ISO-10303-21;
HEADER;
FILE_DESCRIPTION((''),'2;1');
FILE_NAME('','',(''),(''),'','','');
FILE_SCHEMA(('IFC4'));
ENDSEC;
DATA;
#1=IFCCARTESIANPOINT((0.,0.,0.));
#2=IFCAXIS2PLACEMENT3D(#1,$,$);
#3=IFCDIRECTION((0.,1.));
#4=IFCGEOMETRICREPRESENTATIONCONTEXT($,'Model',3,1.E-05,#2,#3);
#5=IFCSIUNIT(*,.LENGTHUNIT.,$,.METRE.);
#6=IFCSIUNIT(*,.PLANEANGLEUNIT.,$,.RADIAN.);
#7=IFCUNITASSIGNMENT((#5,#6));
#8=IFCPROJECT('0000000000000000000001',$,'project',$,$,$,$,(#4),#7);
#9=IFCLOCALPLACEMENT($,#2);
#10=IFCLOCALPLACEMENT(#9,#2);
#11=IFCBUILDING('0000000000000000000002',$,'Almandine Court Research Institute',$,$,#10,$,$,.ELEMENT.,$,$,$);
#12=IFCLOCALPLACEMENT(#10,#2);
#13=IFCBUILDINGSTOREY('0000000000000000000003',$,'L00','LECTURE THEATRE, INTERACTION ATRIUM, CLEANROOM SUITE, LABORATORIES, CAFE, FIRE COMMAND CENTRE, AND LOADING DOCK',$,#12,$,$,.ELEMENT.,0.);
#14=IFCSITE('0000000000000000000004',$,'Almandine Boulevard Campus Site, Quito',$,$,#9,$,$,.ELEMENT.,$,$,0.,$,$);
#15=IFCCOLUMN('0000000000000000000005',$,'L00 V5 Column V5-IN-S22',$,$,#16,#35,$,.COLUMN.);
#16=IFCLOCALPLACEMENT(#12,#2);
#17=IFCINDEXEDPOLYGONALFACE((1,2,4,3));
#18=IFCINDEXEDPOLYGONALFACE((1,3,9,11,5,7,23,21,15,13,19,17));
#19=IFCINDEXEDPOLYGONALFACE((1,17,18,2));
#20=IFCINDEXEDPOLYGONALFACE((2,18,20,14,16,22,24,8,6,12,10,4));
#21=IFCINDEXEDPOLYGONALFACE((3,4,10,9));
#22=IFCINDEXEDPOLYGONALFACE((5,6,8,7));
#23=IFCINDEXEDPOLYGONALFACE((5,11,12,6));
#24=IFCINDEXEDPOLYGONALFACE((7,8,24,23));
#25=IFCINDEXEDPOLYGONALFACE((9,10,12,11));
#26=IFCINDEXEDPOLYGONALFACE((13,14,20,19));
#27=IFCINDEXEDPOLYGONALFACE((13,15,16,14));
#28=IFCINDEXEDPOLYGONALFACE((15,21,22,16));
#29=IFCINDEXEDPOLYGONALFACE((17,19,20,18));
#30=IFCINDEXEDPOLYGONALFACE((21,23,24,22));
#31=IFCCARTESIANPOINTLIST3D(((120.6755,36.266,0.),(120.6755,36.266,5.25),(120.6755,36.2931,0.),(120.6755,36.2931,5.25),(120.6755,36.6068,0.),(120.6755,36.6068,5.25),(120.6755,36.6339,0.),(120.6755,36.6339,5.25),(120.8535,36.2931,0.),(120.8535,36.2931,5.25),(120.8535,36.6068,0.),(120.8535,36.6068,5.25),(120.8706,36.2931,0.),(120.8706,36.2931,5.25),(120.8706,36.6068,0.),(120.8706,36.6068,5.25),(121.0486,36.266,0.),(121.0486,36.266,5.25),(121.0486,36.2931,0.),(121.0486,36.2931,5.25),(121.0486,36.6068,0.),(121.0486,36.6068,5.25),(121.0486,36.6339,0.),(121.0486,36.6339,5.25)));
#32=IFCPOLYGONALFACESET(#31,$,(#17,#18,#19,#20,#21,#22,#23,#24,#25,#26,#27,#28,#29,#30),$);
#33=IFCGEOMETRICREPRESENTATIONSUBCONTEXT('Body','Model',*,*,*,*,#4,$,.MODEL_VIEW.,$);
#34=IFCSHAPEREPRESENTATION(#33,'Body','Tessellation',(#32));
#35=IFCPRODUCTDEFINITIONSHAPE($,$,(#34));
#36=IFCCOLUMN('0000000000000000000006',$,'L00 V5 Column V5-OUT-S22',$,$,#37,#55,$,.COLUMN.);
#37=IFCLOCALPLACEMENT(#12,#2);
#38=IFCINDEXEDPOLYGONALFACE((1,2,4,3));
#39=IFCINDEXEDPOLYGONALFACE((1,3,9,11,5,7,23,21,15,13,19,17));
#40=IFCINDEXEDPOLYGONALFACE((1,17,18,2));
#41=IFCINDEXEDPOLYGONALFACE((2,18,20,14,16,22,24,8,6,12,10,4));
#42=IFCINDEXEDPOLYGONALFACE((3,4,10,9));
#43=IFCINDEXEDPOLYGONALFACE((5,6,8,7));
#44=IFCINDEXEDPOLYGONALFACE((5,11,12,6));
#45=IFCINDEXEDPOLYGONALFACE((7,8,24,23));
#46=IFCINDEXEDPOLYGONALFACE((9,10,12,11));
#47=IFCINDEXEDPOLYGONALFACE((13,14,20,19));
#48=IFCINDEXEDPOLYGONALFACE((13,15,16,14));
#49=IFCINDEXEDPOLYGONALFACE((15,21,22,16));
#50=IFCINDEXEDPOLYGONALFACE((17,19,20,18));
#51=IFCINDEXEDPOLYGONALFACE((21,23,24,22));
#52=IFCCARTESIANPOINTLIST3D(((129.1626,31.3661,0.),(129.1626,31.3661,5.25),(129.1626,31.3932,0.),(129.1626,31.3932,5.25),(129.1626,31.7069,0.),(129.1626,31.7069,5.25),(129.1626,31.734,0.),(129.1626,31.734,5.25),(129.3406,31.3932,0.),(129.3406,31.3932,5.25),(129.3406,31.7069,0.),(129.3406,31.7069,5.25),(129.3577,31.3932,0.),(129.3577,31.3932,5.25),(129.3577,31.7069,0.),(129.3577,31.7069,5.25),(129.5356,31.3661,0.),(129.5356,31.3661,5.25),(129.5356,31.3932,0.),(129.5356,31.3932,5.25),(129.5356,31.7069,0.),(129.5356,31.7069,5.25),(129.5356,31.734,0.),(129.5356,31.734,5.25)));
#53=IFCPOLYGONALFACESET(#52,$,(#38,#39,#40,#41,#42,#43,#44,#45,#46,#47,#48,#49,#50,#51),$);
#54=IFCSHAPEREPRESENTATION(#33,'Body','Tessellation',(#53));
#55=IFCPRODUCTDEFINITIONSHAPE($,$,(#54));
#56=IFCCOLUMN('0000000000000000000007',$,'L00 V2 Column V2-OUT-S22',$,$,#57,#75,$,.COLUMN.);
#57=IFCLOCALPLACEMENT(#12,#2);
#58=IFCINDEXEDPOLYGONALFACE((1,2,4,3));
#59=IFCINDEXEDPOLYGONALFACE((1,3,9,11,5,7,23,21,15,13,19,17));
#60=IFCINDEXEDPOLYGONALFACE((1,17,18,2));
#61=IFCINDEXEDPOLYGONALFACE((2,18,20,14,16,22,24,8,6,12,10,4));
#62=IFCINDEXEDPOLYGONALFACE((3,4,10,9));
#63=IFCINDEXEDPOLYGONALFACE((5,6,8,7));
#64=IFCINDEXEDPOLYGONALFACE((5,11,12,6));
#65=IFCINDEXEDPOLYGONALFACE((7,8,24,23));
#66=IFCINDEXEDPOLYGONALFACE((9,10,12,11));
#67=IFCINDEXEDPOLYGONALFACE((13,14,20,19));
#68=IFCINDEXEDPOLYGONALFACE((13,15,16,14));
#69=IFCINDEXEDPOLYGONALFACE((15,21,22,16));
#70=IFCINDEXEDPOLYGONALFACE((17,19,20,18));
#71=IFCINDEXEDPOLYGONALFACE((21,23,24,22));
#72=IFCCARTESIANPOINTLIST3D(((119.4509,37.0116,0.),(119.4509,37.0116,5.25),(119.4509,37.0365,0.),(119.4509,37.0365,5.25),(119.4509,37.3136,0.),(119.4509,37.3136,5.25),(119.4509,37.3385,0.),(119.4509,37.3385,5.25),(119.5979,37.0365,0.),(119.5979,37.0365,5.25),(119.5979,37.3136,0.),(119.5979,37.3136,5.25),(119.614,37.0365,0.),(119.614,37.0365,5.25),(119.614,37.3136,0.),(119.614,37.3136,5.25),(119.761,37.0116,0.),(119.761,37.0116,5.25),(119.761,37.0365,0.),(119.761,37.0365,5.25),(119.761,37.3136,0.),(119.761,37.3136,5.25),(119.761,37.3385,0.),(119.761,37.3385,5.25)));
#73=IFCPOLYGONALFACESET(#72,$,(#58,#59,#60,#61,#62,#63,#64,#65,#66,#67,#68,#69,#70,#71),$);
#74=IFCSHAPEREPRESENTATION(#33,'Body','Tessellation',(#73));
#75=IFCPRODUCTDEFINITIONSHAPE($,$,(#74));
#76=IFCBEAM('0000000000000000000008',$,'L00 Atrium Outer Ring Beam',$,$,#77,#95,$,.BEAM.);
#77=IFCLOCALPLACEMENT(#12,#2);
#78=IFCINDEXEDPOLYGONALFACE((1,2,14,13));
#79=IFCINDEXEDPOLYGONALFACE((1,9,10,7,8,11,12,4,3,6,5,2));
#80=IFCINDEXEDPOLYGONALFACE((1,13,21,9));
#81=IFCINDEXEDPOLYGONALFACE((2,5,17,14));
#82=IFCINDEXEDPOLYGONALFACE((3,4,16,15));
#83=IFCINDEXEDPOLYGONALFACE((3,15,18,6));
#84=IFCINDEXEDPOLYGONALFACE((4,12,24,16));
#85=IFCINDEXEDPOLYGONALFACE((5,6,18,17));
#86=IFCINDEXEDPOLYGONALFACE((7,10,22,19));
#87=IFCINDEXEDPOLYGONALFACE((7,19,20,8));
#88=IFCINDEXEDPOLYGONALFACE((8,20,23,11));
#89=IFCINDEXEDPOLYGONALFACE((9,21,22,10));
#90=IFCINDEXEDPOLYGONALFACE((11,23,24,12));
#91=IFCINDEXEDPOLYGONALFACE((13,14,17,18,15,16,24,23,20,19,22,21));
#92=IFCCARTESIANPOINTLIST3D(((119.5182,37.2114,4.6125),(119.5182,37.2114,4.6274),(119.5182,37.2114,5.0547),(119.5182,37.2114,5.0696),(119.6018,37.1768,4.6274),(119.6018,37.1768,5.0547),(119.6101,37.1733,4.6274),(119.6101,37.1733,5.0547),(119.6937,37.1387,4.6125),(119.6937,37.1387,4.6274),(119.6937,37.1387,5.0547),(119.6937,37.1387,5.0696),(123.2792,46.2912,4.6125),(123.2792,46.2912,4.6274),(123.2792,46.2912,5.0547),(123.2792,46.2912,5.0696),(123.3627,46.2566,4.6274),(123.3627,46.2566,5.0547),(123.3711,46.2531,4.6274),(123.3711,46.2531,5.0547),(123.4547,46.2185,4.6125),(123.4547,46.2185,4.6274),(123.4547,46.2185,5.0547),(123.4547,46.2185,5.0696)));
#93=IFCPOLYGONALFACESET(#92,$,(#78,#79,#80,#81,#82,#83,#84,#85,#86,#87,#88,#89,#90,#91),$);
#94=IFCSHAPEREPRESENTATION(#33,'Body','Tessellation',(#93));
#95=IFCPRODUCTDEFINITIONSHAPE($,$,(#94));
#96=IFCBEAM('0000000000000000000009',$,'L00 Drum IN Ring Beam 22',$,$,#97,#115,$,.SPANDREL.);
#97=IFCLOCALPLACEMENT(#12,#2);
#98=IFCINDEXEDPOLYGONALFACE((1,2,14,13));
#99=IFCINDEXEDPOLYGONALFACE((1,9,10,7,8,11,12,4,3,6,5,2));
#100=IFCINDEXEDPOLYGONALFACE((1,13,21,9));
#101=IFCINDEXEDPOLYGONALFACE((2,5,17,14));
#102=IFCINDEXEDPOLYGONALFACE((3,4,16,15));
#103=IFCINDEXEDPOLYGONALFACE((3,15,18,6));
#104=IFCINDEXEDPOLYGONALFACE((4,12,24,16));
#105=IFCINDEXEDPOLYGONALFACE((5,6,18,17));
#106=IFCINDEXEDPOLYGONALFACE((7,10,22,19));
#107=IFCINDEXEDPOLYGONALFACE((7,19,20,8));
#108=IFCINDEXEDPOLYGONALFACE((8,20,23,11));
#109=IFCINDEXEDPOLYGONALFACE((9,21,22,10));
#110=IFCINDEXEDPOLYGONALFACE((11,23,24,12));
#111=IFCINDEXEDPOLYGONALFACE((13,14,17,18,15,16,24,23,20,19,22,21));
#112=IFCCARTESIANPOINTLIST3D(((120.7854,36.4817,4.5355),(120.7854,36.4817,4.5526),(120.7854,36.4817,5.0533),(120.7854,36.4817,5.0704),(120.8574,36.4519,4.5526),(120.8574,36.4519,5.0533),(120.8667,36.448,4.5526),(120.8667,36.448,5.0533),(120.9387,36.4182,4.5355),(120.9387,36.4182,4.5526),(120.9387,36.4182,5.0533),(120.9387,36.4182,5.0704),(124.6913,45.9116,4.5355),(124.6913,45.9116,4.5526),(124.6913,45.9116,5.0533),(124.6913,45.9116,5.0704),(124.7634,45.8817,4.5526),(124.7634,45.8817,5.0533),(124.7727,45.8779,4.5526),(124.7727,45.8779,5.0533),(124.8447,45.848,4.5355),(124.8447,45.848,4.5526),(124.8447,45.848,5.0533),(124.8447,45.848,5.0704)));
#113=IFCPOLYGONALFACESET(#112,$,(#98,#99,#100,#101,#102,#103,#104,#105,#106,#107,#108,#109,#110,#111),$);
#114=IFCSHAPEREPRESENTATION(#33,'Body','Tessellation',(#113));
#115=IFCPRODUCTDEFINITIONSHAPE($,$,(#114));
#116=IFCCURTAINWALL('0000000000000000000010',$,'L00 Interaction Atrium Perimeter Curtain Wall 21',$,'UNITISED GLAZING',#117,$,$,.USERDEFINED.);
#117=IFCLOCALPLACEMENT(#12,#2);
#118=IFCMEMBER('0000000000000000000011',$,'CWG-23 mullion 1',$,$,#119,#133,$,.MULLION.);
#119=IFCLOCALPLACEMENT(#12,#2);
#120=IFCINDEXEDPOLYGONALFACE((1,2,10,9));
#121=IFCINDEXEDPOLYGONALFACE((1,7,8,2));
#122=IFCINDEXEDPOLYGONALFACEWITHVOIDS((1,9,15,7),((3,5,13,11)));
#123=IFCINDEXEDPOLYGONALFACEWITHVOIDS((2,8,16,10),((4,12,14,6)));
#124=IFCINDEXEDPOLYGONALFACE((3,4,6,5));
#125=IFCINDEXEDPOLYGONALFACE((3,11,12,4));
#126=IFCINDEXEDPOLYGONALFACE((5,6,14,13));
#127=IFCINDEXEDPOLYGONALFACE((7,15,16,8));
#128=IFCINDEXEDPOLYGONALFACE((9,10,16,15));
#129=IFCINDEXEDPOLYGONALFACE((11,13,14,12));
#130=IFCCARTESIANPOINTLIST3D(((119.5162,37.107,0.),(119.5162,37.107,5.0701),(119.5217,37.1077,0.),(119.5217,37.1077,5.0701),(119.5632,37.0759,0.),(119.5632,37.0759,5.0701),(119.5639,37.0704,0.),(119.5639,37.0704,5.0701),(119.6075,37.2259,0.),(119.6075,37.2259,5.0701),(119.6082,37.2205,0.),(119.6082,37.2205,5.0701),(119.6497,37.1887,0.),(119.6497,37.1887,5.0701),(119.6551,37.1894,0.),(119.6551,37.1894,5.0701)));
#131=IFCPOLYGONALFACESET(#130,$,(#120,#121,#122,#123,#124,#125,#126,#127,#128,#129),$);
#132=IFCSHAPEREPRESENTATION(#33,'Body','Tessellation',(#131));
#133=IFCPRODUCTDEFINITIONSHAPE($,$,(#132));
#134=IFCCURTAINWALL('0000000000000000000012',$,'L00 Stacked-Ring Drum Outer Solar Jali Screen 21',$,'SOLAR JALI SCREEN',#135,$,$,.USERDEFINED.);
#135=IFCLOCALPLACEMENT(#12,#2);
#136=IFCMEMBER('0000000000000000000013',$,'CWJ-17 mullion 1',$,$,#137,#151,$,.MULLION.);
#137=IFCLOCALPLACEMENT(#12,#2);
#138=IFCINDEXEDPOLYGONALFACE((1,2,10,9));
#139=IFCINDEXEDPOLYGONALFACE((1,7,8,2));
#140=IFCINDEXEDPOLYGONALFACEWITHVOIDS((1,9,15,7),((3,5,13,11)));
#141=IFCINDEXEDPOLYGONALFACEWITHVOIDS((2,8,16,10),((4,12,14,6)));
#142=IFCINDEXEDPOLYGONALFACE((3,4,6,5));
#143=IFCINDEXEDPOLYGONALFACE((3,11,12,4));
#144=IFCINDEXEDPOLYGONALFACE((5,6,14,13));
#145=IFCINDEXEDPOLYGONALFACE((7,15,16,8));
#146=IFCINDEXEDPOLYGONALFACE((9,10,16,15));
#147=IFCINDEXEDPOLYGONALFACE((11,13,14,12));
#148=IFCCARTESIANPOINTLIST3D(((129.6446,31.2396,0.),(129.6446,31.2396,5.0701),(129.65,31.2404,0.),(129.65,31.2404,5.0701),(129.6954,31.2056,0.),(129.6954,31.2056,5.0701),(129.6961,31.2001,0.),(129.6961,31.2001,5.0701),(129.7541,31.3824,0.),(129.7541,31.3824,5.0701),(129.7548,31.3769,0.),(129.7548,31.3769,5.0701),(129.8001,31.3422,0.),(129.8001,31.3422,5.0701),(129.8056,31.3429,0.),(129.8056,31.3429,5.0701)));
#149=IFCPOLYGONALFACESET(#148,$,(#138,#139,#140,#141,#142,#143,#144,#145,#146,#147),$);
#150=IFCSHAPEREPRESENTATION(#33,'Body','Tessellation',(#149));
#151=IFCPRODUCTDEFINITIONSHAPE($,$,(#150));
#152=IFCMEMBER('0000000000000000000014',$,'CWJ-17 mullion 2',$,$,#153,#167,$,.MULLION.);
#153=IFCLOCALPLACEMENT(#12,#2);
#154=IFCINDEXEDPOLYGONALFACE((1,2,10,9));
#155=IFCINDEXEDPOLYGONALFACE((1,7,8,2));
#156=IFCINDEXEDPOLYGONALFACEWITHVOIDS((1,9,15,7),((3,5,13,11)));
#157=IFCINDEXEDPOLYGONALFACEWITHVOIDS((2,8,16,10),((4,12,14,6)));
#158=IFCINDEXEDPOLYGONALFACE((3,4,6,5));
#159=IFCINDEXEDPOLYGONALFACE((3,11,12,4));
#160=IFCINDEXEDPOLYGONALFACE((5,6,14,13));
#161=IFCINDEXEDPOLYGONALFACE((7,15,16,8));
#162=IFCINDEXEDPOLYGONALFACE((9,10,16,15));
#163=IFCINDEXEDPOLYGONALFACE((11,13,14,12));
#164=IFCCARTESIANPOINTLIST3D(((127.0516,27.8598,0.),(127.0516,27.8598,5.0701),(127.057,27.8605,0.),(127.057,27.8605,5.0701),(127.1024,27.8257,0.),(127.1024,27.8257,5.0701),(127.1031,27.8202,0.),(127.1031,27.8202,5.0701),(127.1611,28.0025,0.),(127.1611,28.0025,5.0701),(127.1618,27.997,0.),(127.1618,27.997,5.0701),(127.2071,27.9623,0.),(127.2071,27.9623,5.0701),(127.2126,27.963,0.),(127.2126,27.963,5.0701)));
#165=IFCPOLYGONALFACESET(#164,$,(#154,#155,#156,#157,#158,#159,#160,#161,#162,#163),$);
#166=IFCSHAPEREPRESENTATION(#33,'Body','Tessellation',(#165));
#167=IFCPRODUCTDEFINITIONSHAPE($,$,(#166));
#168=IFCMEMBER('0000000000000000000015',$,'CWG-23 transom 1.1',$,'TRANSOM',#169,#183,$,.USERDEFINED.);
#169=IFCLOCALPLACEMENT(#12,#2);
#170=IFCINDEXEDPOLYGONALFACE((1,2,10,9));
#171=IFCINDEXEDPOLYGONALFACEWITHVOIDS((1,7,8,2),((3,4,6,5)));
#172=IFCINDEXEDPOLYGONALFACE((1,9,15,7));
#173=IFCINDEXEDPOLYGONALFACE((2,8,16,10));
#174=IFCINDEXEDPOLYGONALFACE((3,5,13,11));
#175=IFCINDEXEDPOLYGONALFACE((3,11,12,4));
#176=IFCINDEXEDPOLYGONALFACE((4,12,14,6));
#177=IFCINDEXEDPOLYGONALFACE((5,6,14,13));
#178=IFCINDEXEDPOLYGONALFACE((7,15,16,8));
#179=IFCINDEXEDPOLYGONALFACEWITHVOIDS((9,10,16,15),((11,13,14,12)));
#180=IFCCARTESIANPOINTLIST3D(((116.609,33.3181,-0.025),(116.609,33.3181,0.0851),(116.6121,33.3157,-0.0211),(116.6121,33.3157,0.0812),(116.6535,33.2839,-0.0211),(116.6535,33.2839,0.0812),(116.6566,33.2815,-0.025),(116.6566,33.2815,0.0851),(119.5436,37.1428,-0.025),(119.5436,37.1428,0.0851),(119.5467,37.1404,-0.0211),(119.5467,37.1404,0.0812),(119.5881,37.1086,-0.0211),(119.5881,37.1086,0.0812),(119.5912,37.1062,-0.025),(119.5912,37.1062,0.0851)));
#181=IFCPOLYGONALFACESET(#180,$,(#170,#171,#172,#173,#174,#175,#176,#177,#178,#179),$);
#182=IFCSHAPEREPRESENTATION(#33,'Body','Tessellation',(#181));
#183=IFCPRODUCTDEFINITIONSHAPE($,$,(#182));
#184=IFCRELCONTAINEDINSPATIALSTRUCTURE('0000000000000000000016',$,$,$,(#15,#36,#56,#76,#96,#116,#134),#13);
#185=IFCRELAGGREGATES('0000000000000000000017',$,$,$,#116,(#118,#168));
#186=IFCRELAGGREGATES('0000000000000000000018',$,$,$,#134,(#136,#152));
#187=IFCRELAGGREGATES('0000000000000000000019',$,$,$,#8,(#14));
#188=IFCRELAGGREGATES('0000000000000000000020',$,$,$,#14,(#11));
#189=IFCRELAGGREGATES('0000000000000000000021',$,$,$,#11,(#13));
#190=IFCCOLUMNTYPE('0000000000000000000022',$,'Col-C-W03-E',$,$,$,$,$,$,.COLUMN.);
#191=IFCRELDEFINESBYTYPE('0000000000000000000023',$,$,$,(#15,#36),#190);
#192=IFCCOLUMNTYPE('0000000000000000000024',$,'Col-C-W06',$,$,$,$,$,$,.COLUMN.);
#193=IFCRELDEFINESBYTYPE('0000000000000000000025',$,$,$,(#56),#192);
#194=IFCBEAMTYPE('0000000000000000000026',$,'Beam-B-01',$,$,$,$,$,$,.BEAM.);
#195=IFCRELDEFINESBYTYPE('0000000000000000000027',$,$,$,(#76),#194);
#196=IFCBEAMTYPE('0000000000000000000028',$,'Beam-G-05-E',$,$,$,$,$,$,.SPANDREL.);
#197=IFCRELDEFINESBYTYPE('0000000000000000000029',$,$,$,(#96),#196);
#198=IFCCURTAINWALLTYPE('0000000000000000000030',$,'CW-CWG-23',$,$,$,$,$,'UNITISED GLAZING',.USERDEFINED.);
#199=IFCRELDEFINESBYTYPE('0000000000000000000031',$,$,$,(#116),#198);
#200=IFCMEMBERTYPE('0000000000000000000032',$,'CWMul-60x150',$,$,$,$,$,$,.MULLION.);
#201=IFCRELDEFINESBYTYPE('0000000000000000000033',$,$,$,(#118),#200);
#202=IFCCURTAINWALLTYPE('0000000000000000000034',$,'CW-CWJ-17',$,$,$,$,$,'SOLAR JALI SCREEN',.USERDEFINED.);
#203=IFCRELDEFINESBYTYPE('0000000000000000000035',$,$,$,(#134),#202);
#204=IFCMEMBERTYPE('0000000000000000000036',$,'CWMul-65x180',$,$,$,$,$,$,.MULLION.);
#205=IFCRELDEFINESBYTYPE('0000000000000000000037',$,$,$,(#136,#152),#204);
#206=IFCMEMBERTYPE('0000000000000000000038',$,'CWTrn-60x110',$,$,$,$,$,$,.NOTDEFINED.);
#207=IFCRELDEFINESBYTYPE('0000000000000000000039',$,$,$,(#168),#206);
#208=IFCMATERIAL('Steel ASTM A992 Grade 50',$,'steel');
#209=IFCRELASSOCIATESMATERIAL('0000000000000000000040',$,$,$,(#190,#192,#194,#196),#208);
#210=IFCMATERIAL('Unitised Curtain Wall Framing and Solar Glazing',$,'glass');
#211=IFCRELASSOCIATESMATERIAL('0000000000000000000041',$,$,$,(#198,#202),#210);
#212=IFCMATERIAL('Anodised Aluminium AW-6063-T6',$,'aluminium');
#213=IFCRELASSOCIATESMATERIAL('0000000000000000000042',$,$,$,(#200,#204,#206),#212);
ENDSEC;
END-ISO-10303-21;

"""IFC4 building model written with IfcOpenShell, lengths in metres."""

from ifc_helpers import new_model, si_unit, direction, frame, origin, origin_2d, place, context, subcontext, project, spatial, hollow_rectangle, i_section, extrude, material, material_profile, profile_set, type_object, element, aggregate, save


model = new_model("IFC4")

# Units and contexts
model_context = context("Model", 3, precision=1e-05, world=origin(), true_north=direction((0.0, 1.0)))
body_context = subcontext(model_context, "Body", "Model", "MODEL_VIEW")
ifc_project = project(units=[si_unit("LENGTHUNIT", "METRE"), si_unit("PLANEANGLEUNIT", "RADIAN")], contexts=[model_context])

# Site, building, storey
site_placement = place(None, origin())
site = spatial("IfcSite", under=ifc_project, at=site_placement, Name="Almandine Boulevard Campus Site, Quito", CompositionType="ELEMENT", RefElevation=0.0)
building_placement = place(site_placement, origin())
building = spatial("IfcBuilding", under=site, at=building_placement, Name="Almandine Court Research Institute", CompositionType="ELEMENT")
storey_placement = place(building_placement, origin())
storey = spatial("IfcBuildingStorey", under=building, at=storey_placement, Name="L00", Description="LECTURE THEATRE, INTERACTION ATRIUM, CLEANROOM SUITE, LABORATORIES, CAFE, FIRE COMMAND CENTRE, AND LOADING DOCK", CompositionType="ELEMENT", Elevation=0.0)

# Columns
ifc_material_1 = material(Name="Steel ASTM A992 Grade 50", Category="steel")
ifc_material_profile_1 = material_profile(ifc_material_1, i_section(OverallWidth=0.373, OverallDepth=0.3679, WebThickness=0.0171, FlangeThickness=0.0271, at=origin_2d()), Name="W360x179")
ifc_profile_set_1 = profile_set([ifc_material_profile_1], Name="Steel ASTM A992 Grade 50")
column_type_1 = type_object("IfcColumnType", Name="Col-C-W03-E", PredefinedType="COLUMN", material=ifc_profile_set_1)
for number, where, z_axis, x_axis, name in (
    (1, (120.8621, 36.45, 0.0), (0.0, 0.0, 1.0), (1.0, 0.0, 0.0), "L00 V5 Column V5-IN-S22"),
    (2, (129.3491, 31.55, 0.0), (0.0, 0.0, 1.0), (1.0, 0.0, 0.0), "L00 V5 Column V5-OUT-S22"),
):
    element("IfcColumn", number, at=place(storey_placement, frame(where, z_axis=z_axis, x_axis=x_axis)), inside=storey, type_object=column_type_1, Name=name, PredefinedType="COLUMN", context=body_context, shape_type="SweptSolid", body=[
        extrude(i_section(OverallWidth=0.373, OverallDepth=0.3679, WebThickness=0.0171, FlangeThickness=0.0271, at=origin_2d()), origin(), (0.0, 0.0, 1.0), 5.25),
    ])
ifc_material_profile_2 = material_profile(ifc_material_1, i_section(OverallWidth=0.3101, OverallDepth=0.3269, WebThickness=0.0161, FlangeThickness=0.0249, at=origin_2d()), Name="W310x158")
ifc_profile_set_2 = profile_set([ifc_material_profile_2], Name="Steel ASTM A992 Grade 50")
column_type_2 = type_object("IfcColumnType", Name="Col-C-W06", PredefinedType="COLUMN", material=ifc_profile_set_2)
column_placement = place(storey_placement, frame((119.606, 37.175, 0.0), z_axis=(0.0, 0.0, 1.0), x_axis=(1.0, 0.0, 0.0)))
element("IfcColumn", 3, at=column_placement, inside=storey, type_object=column_type_2, Name="L00 V2 Column V2-OUT-S22", PredefinedType="COLUMN", context=body_context, shape_type="SweptSolid", body=[
    extrude(i_section(OverallWidth=0.3101, OverallDepth=0.3269, WebThickness=0.0161, FlangeThickness=0.0249, at=origin_2d()), origin(), (0.0, 0.0, 1.0), 5.25),
])

# Beams
ifc_material_profile_3 = material_profile(ifc_material_1, i_section(OverallWidth=0.1899, OverallDepth=0.457, WebThickness=0.009, FlangeThickness=0.0149, at=origin_2d()), Name="W460x74")
ifc_profile_set_3 = profile_set([ifc_material_profile_3], Name="Steel ASTM A992 Grade 50")
beam_type_1 = type_object("IfcBeamType", Name="Beam-B-01", PredefinedType="BEAM", material=ifc_profile_set_3)
beam_1_placement = place(storey_placement, frame((119.606, 37.175, 4.8411), z_axis=(0.382683, 0.92388, 0.0), x_axis=(-0.92388, 0.382683, 0.0)))
element("IfcBeam", 4, at=beam_1_placement, inside=storey, type_object=beam_type_1, Name="L00 Atrium Outer Ring Beam", PredefinedType="BEAM", context=body_context, shape_type="SweptSolid", body=[
    extrude(i_section(OverallWidth=0.1899, OverallDepth=0.457, WebThickness=0.009, FlangeThickness=0.0149, at=origin_2d()), origin(), (0.0, 0.0, 1.0), 9.8279),
])
ifc_material_profile_4 = material_profile(ifc_material_1, i_section(OverallWidth=0.166, OverallDepth=0.5349, WebThickness=0.01, FlangeThickness=0.0171, at=origin_2d()), Name="W530x85")
ifc_profile_set_4 = profile_set([ifc_material_profile_4], Name="Steel ASTM A992 Grade 50")
beam_type_2 = type_object("IfcBeamType", Name="Beam-G-05-E", PredefinedType="SPANDREL", material=ifc_profile_set_4)
beam_2_placement = place(storey_placement, frame((120.8621, 36.45, 4.803), z_axis=(0.382683, 0.92388, 0.0), x_axis=(-0.92388, 0.382683, 0.0)))
element("IfcBeam", 5, at=beam_2_placement, inside=storey, type_object=beam_type_2, Name="L00 Drum IN Ring Beam 22", PredefinedType="SPANDREL", context=body_context, shape_type="SweptSolid", body=[
    extrude(i_section(OverallWidth=0.166, OverallDepth=0.5349, WebThickness=0.01, FlangeThickness=0.0171, at=origin_2d()), origin(), (0.0, 0.0, 1.0), 10.2068),
])

# Curtain wall, member
ifc_material_2 = material(Name="Unitised Curtain Wall Framing and Solar Glazing", Category="glass")
curtain_wall_type_1 = type_object("IfcCurtainWallType", Name="CW-CWG-23", ElementType="UNITISED GLAZING", PredefinedType="USERDEFINED", material=ifc_material_2)
curtain_wall_1_placement = place(storey_placement, origin())
curtain_wall_1 = element("IfcCurtainWall", 6, at=curtain_wall_1_placement, inside=storey, type_object=curtain_wall_type_1, Name="L00 Interaction Atrium Perimeter Curtain Wall 21", ObjectType="UNITISED GLAZING", PredefinedType="USERDEFINED")
ifc_material_3 = material(Name="Anodised Aluminium AW-6063-T6", Category="aluminium")
ifc_material_profile_5 = material_profile(ifc_material_3, hollow_rectangle(XDim=0.0601, YDim=0.1499, WallThickness=0.0039, at=origin_2d()), Name="ALU RHS 60x150x4")
ifc_profile_set_5 = profile_set([ifc_material_profile_5], Name="Anodised Aluminium AW-6063-T6")
member_type_1 = type_object("IfcMemberType", Name="CWMul-60x150", PredefinedType="MULLION", material=ifc_profile_set_5)
member_1_placement = place(storey_placement, frame((119.5857, 37.1482, 0.0), z_axis=(0.0, 0.0, 1.0), x_axis=(0.793354, -0.608761, 0.0)))
member_1 = element("IfcMember", 7, at=member_1_placement, type_object=member_type_1, Name="CWG-23 mullion 1", PredefinedType="MULLION", context=body_context, shape_type="SweptSolid", body=[
    extrude(hollow_rectangle(XDim=0.0601, YDim=0.1499, WallThickness=0.0039, at=origin_2d()), origin(), (0.0, 0.0, 1.0), 5.0701),
])

# Curtain wall, members
curtain_wall_type_2 = type_object("IfcCurtainWallType", Name="CW-CWJ-17", ElementType="SOLAR JALI SCREEN", PredefinedType="USERDEFINED", material=ifc_material_2)
curtain_wall_2_placement = place(storey_placement, origin())
curtain_wall_2 = element("IfcCurtainWall", 8, at=curtain_wall_2_placement, inside=storey, type_object=curtain_wall_type_2, Name="L00 Stacked-Ring Drum Outer Solar Jali Screen 21", ObjectType="SOLAR JALI SCREEN", PredefinedType="USERDEFINED")
ifc_material_profile_6 = material_profile(ifc_material_3, hollow_rectangle(XDim=0.0649, YDim=0.1799, WallThickness=0.0039, at=origin_2d()), Name="ALU RHS 65x180x4")
ifc_profile_set_6 = profile_set([ifc_material_profile_6], Name="Anodised Aluminium AW-6063-T6")
member_type_2 = type_object("IfcMemberType", Name="CWMul-65x180", PredefinedType="MULLION", material=ifc_profile_set_6)
member_2_placement = place(storey_placement, frame((129.7251, 31.2913, 0.0), z_axis=(0.0, 0.0, 1.0), x_axis=(0.793383, -0.608723, 0.0)))
member_2 = element("IfcMember", 9, at=member_2_placement, type_object=member_type_2, Name="CWJ-17 mullion 1", PredefinedType="MULLION", context=body_context, shape_type="SweptSolid", body=[
    extrude(hollow_rectangle(XDim=0.0649, YDim=0.1799, WallThickness=0.0039, at=origin_2d()), origin(), (0.0, 0.0, 1.0), 5.0701),
])
member_3_placement = place(storey_placement, frame((127.1321, 27.9114, 0.0), z_axis=(0.0, 0.0, 1.0), x_axis=(0.793383, -0.608723, 0.0)))
member_3 = element("IfcMember", 10, at=member_3_placement, type_object=member_type_2, Name="CWJ-17 mullion 2", PredefinedType="MULLION", context=body_context, shape_type="SweptSolid", body=[
    extrude(hollow_rectangle(XDim=0.0649, YDim=0.1799, WallThickness=0.0039, at=origin_2d()), origin(), (0.0, 0.0, 1.0), 5.0701),
])

# Member
ifc_material_profile_7 = material_profile(ifc_material_3, hollow_rectangle(XDim=0.0601, YDim=0.1101, WallThickness=0.0039, at=origin_2d()), Name="ALU RHS 60x110x4")
ifc_profile_set_7 = profile_set([ifc_material_profile_7], Name="Anodised Aluminium AW-6063-T6")
member_type_3 = type_object("IfcMemberType", Name="CWTrn-60x110", PredefinedType="NOTDEFINED", material=ifc_profile_set_7)
member_4_placement = place(storey_placement, frame((119.5674, 37.1245, 0.03), z_axis=(-0.608731, -0.793376, 0.0), x_axis=(0.793376, -0.608731, 0.0)))
member_4 = element("IfcMember", 11, at=member_4_placement, type_object=member_type_3, Name="CWG-23 transom 1.1", ObjectType="TRANSOM", PredefinedType="USERDEFINED", context=body_context, shape_type="SweptSolid", body=[
    extrude(hollow_rectangle(XDim=0.0601, YDim=0.1101, WallThickness=0.0039, at=origin_2d()), origin(), (0.0, 0.0, 1.0), 4.8208),
])

aggregate(curtain_wall_1, [member_1, member_4])
aggregate(curtain_wall_2, [member_2, member_3])

save(model, "model.ifc")
